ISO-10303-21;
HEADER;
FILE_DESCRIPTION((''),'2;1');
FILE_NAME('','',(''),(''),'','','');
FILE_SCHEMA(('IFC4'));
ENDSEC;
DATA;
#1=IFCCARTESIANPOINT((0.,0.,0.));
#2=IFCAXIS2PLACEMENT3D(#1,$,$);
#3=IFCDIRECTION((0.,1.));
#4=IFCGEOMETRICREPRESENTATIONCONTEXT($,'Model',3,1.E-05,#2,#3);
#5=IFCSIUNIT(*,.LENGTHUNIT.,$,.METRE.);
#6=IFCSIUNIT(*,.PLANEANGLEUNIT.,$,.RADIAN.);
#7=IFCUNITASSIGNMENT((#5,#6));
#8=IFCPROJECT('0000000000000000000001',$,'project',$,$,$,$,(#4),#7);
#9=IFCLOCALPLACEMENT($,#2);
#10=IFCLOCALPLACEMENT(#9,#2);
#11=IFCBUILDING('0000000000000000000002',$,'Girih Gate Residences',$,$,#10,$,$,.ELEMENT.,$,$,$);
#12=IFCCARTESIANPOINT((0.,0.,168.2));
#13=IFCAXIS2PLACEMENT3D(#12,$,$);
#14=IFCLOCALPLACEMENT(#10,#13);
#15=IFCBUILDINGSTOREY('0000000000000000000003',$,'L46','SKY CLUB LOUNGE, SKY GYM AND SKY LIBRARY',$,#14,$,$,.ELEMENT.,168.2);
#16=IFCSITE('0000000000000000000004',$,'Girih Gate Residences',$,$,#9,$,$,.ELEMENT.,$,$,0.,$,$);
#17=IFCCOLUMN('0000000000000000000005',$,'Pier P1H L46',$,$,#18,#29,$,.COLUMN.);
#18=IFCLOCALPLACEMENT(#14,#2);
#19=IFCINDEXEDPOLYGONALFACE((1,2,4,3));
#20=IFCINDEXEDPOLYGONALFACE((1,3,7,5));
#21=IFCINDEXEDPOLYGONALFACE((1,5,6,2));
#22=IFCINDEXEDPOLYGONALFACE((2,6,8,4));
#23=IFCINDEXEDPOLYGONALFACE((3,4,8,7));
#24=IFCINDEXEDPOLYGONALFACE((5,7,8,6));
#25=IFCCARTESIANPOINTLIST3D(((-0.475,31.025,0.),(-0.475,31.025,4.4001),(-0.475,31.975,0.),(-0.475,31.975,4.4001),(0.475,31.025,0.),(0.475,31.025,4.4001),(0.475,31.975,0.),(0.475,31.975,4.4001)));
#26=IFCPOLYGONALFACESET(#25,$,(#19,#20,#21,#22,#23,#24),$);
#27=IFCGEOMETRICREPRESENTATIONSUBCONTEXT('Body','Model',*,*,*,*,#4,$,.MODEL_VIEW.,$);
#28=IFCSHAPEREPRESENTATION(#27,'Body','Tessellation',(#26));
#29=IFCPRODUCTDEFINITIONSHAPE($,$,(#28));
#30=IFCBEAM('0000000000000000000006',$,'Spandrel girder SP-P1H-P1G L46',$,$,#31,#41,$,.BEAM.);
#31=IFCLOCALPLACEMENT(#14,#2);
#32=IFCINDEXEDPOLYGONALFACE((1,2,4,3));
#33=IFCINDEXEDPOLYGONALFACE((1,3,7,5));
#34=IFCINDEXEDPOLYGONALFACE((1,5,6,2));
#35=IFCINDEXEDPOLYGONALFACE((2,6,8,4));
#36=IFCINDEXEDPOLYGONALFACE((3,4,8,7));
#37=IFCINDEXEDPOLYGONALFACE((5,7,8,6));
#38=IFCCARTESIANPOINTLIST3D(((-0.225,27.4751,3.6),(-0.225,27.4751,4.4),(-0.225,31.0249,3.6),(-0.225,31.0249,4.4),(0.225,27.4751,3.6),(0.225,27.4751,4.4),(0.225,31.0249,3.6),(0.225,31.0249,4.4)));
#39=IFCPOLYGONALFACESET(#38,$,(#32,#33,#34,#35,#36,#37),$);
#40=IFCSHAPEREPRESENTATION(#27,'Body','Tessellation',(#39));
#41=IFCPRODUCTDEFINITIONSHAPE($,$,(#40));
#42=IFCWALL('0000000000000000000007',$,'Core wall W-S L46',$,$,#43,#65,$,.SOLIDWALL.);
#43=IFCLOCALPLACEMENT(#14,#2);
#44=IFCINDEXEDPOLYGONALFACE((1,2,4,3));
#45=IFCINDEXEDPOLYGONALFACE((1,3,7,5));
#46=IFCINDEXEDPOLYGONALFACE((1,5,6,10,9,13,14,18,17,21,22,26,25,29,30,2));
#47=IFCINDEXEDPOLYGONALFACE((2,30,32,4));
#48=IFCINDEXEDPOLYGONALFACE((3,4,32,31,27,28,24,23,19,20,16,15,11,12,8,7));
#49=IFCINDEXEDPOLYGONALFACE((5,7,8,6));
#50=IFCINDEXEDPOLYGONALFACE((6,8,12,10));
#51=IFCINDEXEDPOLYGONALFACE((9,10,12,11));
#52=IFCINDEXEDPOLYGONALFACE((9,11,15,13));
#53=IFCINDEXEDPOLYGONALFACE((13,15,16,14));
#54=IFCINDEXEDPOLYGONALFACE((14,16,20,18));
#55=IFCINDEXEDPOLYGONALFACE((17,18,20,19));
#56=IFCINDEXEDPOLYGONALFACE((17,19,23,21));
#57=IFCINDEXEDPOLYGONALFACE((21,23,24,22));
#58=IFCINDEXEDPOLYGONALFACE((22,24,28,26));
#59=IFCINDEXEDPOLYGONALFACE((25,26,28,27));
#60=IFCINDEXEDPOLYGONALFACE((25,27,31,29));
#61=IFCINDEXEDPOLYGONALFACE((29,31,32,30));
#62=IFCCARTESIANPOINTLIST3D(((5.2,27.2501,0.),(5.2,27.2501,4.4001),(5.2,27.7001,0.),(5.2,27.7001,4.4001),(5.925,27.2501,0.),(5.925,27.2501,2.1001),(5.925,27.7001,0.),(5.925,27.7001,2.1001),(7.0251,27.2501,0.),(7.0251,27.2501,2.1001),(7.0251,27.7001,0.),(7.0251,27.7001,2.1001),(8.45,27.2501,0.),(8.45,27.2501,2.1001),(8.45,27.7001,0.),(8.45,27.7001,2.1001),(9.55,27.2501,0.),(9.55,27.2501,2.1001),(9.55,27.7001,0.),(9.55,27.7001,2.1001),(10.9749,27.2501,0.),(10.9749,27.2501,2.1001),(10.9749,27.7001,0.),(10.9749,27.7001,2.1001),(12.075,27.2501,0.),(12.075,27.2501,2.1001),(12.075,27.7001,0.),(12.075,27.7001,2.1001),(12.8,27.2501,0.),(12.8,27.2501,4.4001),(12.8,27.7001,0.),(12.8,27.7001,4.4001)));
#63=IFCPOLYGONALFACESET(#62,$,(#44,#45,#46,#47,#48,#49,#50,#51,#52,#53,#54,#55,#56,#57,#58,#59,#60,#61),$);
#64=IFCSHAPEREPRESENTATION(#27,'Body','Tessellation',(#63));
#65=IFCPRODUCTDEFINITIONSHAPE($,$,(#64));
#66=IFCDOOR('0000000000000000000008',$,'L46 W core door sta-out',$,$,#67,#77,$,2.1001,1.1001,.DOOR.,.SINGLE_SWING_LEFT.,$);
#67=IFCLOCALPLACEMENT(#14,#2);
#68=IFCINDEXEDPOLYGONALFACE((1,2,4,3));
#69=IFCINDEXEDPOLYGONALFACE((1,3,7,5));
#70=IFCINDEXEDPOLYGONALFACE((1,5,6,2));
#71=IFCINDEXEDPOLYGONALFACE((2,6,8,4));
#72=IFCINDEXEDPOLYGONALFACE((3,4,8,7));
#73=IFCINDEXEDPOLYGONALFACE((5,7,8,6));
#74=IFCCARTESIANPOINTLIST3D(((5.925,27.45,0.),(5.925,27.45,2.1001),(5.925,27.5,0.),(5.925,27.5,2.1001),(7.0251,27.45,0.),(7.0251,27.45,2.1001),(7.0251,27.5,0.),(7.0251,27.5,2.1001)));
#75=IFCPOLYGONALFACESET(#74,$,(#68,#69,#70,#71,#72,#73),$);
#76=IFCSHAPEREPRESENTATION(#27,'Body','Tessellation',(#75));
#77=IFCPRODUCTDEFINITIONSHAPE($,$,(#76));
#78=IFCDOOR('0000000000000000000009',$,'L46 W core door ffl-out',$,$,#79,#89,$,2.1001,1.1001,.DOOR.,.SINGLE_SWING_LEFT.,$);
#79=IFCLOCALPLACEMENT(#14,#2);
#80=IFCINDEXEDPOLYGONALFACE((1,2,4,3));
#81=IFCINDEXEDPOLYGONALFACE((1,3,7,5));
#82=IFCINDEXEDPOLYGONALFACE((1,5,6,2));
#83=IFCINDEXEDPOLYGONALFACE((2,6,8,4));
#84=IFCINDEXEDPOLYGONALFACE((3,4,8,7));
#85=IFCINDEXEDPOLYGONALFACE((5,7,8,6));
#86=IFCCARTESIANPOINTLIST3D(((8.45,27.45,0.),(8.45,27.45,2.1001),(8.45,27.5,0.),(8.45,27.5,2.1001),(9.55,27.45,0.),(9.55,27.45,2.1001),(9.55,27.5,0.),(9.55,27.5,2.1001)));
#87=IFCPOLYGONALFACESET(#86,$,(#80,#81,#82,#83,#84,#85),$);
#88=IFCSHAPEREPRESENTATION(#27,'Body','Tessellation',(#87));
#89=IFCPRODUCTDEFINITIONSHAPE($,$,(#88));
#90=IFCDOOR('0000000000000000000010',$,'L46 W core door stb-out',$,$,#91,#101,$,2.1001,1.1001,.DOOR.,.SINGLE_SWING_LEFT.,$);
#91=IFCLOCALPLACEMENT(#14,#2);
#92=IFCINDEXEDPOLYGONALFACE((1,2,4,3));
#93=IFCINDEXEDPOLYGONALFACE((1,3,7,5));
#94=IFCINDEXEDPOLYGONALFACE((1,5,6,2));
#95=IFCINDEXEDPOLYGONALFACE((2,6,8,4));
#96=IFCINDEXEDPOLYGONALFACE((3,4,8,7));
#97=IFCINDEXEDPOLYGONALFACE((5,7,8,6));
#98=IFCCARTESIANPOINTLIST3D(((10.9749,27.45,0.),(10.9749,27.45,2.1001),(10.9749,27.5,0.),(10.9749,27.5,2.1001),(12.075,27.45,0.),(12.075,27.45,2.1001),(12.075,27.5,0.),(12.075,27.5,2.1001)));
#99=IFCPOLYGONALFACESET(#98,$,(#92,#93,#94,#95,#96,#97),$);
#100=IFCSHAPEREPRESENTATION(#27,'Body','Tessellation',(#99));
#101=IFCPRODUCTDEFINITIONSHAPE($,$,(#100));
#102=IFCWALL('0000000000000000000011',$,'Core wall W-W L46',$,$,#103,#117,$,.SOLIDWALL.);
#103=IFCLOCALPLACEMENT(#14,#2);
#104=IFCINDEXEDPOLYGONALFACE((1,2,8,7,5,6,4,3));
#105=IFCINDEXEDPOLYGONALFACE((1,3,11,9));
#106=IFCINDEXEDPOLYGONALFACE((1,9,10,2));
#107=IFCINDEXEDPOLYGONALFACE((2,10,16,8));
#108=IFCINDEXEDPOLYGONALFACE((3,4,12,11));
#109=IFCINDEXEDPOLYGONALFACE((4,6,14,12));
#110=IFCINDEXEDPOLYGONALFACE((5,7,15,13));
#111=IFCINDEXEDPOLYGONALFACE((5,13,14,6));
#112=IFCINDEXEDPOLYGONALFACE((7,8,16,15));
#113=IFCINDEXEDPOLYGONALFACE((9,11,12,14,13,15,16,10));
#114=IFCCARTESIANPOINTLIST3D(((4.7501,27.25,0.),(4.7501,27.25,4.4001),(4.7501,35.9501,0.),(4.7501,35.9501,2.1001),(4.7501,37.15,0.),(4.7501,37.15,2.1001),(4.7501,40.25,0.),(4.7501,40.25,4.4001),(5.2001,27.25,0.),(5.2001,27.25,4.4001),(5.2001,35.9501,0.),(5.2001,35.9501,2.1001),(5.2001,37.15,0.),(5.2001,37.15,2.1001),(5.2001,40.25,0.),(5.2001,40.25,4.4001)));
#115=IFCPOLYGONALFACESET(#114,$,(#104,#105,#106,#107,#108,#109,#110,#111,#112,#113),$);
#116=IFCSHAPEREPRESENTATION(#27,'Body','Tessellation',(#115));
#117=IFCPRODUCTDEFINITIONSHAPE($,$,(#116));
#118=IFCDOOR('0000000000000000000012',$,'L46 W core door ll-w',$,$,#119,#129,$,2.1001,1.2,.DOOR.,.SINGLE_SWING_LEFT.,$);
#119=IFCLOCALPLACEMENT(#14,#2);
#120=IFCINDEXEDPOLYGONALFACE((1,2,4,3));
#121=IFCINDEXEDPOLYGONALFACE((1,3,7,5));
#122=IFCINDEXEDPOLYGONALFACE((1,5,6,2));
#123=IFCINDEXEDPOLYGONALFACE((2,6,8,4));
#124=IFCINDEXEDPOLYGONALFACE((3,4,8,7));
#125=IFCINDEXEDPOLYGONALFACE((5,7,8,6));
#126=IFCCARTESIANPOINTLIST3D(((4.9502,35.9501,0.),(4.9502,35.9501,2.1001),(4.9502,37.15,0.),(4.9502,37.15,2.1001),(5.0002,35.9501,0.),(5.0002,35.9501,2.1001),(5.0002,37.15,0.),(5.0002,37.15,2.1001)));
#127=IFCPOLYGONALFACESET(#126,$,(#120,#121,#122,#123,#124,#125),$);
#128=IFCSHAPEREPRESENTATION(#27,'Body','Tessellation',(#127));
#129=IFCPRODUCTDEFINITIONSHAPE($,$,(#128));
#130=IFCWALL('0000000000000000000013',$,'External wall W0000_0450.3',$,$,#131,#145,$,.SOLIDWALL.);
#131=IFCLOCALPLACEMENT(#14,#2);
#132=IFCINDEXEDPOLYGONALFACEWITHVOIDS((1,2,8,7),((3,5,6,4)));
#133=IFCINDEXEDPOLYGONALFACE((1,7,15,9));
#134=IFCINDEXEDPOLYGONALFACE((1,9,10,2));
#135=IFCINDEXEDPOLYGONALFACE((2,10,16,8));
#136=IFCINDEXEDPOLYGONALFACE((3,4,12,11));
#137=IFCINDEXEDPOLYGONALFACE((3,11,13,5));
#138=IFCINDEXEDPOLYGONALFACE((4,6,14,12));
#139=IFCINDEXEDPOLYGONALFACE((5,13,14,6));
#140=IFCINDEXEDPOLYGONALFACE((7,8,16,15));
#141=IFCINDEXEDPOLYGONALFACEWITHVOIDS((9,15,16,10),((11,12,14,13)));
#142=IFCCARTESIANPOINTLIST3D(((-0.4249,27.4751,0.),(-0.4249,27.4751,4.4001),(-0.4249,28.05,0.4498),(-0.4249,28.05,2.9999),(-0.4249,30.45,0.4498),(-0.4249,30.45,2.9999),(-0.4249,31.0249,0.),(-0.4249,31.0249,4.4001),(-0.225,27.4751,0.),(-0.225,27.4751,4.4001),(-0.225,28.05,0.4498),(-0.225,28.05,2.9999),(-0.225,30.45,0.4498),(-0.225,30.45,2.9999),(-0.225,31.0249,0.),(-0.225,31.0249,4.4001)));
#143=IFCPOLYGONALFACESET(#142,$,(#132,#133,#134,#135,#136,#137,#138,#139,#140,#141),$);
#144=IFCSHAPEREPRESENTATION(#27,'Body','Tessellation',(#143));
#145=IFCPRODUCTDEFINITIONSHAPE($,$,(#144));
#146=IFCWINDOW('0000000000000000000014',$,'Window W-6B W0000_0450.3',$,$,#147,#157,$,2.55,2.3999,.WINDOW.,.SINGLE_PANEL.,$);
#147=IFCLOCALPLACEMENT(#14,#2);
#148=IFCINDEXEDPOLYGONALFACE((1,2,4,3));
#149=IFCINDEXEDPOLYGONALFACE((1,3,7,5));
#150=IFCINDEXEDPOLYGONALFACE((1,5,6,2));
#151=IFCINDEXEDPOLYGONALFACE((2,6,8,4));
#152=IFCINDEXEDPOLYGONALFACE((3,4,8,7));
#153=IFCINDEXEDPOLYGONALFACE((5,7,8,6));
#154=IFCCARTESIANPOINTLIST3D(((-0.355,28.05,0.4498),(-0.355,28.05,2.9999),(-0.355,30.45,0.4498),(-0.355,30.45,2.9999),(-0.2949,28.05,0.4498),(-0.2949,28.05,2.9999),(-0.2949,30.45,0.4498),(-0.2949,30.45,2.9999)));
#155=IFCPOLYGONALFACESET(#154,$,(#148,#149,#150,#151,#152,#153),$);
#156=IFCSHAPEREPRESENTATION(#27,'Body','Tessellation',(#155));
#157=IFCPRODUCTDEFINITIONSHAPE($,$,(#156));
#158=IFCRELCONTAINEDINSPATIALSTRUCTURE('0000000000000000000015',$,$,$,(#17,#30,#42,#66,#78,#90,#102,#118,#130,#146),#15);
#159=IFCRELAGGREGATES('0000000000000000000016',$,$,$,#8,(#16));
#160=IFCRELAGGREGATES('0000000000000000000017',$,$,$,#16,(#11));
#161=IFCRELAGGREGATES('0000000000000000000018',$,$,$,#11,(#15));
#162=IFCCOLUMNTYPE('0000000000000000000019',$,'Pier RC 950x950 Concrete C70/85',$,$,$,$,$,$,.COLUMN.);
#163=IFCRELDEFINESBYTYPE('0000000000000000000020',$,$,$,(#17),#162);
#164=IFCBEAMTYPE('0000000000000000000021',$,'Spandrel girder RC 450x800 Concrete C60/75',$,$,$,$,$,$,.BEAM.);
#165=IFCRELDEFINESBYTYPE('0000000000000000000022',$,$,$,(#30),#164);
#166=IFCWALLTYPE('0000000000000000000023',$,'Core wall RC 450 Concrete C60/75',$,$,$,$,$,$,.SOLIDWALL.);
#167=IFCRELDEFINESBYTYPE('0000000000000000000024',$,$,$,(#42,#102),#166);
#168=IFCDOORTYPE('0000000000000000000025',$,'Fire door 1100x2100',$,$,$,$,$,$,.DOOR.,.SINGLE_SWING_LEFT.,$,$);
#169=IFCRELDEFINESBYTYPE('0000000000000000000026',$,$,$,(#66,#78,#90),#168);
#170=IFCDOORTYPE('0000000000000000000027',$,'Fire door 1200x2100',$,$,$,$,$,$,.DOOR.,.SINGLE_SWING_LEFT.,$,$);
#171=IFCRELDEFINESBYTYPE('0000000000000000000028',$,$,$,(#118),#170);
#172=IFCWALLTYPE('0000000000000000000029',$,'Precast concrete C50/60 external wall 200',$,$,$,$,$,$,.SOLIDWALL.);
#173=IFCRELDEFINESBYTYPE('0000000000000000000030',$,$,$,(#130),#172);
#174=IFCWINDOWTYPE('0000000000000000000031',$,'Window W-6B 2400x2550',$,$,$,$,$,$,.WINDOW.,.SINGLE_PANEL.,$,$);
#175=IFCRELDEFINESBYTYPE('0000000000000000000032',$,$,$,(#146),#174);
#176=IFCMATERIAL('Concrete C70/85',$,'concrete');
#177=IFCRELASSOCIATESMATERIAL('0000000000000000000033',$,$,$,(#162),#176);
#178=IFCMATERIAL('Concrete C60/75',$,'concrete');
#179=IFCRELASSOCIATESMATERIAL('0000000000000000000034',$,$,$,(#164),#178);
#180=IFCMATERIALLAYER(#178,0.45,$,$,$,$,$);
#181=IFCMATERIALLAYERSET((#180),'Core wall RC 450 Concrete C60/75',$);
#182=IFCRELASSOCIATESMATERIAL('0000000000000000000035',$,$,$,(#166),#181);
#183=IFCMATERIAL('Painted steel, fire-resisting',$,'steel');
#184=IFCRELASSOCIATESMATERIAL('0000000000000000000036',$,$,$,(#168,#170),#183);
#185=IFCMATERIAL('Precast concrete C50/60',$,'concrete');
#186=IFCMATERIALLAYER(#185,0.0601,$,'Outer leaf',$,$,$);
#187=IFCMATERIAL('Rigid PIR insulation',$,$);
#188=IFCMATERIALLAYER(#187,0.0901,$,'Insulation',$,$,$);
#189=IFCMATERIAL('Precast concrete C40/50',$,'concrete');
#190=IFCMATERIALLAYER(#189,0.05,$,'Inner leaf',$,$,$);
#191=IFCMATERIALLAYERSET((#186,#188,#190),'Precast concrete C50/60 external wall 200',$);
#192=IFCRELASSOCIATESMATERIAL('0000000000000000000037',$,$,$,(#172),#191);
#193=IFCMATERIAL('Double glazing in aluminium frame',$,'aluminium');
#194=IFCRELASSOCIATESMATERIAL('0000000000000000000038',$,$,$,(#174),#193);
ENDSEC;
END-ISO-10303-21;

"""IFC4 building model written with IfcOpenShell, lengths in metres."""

from ifc_helpers import new_model, si_unit, direction, frame, frame_2d, origin, origin_2d, place, context, subcontext, project, spatial, rectangle, extrude, material, layer, layer_set, material_profile, profile_set, type_object, element, fill, save


model = new_model("IFC4")

# Units and contexts
model_context = context("Model", 3, precision=1e-05, world=origin(), true_north=direction((0.0, 1.0)))
body_context = subcontext(model_context, "Body", "Model", "MODEL_VIEW")
ifc_project = project(units=[si_unit("LENGTHUNIT", "METRE"), si_unit("PLANEANGLEUNIT", "RADIAN")], contexts=[model_context])

# Site, building, storey
site_placement = place(None, origin())
site = spatial("IfcSite", under=ifc_project, at=site_placement, Name="Girih Gate Residences", CompositionType="ELEMENT", RefElevation=0.0)
building_placement = place(site_placement, origin())
building = spatial("IfcBuilding", under=site, at=building_placement, Name="Girih Gate Residences", CompositionType="ELEMENT")
storey_placement = place(building_placement, frame((0.0, 0.0, 168.2)))
storey = spatial("IfcBuildingStorey", under=building, at=storey_placement, Name="L46", Description="SKY CLUB LOUNGE, SKY GYM AND SKY LIBRARY", CompositionType="ELEMENT", Elevation=168.2)

# Column
ifc_material_1 = material(Name="Concrete C70/85", Category="concrete")
ifc_material_profile_1 = material_profile(ifc_material_1, rectangle(XDim=0.95, YDim=0.95, at=origin_2d()))
ifc_profile_set_1 = profile_set([ifc_material_profile_1], Name="Concrete C70/85")
column_type = type_object("IfcColumnType", Name="Pier RC 950x950 Concrete C70/85", PredefinedType="COLUMN", material=ifc_profile_set_1)
column_placement = place(storey_placement, frame((0.0, 31.5, 0.0), z_axis=(0.0, 0.0, 1.0), x_axis=(1.0, 0.0, 0.0)))
element("IfcColumn", 1, at=column_placement, inside=storey, type_object=column_type, Name="Pier P1H L46", PredefinedType="COLUMN", context=body_context, shape_type="SweptSolid", body=[
    extrude(rectangle(XDim=0.95, YDim=0.95, at=origin_2d()), origin(), (0.0, 0.0, 1.0), 4.4001),
])

# Beam
ifc_material_2 = material(Name="Concrete C60/75", Category="concrete")
ifc_material_profile_2 = material_profile(ifc_material_2, rectangle(XDim=0.45, YDim=0.8, at=origin_2d()))
ifc_profile_set_2 = profile_set([ifc_material_profile_2], Name="Concrete C60/75")
beam_type = type_object("IfcBeamType", Name="Spandrel girder RC 450x800 Concrete C60/75", PredefinedType="BEAM", material=ifc_profile_set_2)
beam_placement = place(storey_placement, frame((0.0, 31.0249, 4.0), z_axis=(0.0, -1.0, 0.0), x_axis=(1.0, 0.0, 0.0)))
element("IfcBeam", 2, at=beam_placement, inside=storey, type_object=beam_type, Name="Spandrel girder SP-P1H-P1G L46", PredefinedType="BEAM", context=body_context, shape_type="SweptSolid", body=[
    extrude(rectangle(XDim=0.45, YDim=0.8, at=origin_2d()), origin(), (0.0, 0.0, 1.0), 3.5498),
])

# Wall, openings, doors
ifc_layer_1 = layer(ifc_material_2, 0.45)
ifc_layer_set_1 = layer_set([ifc_layer_1], Name="Core wall RC 450 Concrete C60/75")
wall_type_1 = type_object("IfcWallType", Name="Core wall RC 450 Concrete C60/75", PredefinedType="SOLIDWALL", material=ifc_layer_set_1)
wall_1_placement = place(storey_placement, frame((5.2, 27.4751, 0.0), z_axis=(0.0, 0.0, 1.0), x_axis=(1.0, 0.0, 0.0)))
wall_1 = element("IfcWall", 3, at=wall_1_placement, inside=storey, type_object=wall_type_1, Name="Core wall W-S L46", PredefinedType="SOLIDWALL", context=body_context, shape_type="SweptSolid", body=[
    extrude(rectangle(XDim=7.6001, YDim=0.45, at=frame_2d((3.8, 0.0))), origin(), (0.0, 0.0, 1.0), 4.4001),
])
opening_1_placement = place(wall_1_placement, frame((0.7251, 0.0, 0.0)))
opening_1 = element("IfcOpeningElement", 4, at=opening_1_placement, cuts=wall_1, PredefinedType="OPENING", context=body_context, shape_type="SweptSolid", body=[
    extrude(rectangle(XDim=1.1001, YDim=2.1001, at=frame_2d((0.55, 1.05))), frame((0.0, 0.2349, 0.0), z_axis=(0.0, -1.0, 0.0), x_axis=(1.0, 0.0, 0.0)), (0.0, 0.0, 1.0), 0.47),
])
opening_2_placement = place(wall_1_placement, frame((3.25, 0.0, 0.0)))
opening_2 = element("IfcOpeningElement", 5, at=opening_2_placement, cuts=wall_1, PredefinedType="OPENING", context=body_context, shape_type="SweptSolid", body=[
    extrude(rectangle(XDim=1.1001, YDim=2.1001, at=frame_2d((0.55, 1.05))), frame((0.0, 0.2349, 0.0), z_axis=(0.0, -1.0, 0.0), x_axis=(1.0, 0.0, 0.0)), (0.0, 0.0, 1.0), 0.47),
])
opening_3_placement = place(wall_1_placement, frame((5.7749, 0.0, 0.0)))
opening_3 = element("IfcOpeningElement", 6, at=opening_3_placement, cuts=wall_1, PredefinedType="OPENING", context=body_context, shape_type="SweptSolid", body=[
    extrude(rectangle(XDim=1.1001, YDim=2.1001, at=frame_2d((0.55, 1.05))), frame((0.0, 0.2349, 0.0), z_axis=(0.0, -1.0, 0.0), x_axis=(1.0, 0.0, 0.0)), (0.0, 0.0, 1.0), 0.47),
])
ifc_material_3 = material(Name="Painted steel, fire-resisting", Category="steel")
door_type_1 = type_object("IfcDoorType", Name="Fire door 1100x2100", OperationType="SINGLE_SWING_LEFT", PredefinedType="DOOR", material=ifc_material_3)
door_1_placement = place(opening_1_placement, origin())
door_1 = element("IfcDoor", 7, at=door_1_placement, inside=storey, type_object=door_type_1, Name="L46 W core door sta-out", OperationType="SINGLE_SWING_LEFT", OverallHeight=2.1001, OverallWidth=1.1001, PredefinedType="DOOR", context=body_context, shape_type="SweptSolid", body=[
    extrude(rectangle(XDim=1.1001, YDim=2.1001, at=frame_2d((0.55, 1.05))), frame((0.0, 0.0249, 0.0), z_axis=(0.0, -1.0, 0.0), x_axis=(1.0, 0.0, 0.0)), (0.0, 0.0, 1.0), 0.05),
])
fill(opening_1, door_1)
door_2_placement = place(opening_2_placement, origin())
door_2 = element("IfcDoor", 8, at=door_2_placement, inside=storey, type_object=door_type_1, Name="L46 W core door ffl-out", OperationType="SINGLE_SWING_LEFT", OverallHeight=2.1001, OverallWidth=1.1001, PredefinedType="DOOR", context=body_context, shape_type="SweptSolid", body=[
    extrude(rectangle(XDim=1.1001, YDim=2.1001, at=frame_2d((0.55, 1.05))), frame((0.0, 0.0249, 0.0), z_axis=(0.0, -1.0, 0.0), x_axis=(1.0, 0.0, 0.0)), (0.0, 0.0, 1.0), 0.05),
])
fill(opening_2, door_2)
door_3_placement = place(opening_3_placement, origin())
door_3 = element("IfcDoor", 9, at=door_3_placement, inside=storey, type_object=door_type_1, Name="L46 W core door stb-out", OperationType="SINGLE_SWING_LEFT", OverallHeight=2.1001, OverallWidth=1.1001, PredefinedType="DOOR", context=body_context, shape_type="SweptSolid", body=[
    extrude(rectangle(XDim=1.1001, YDim=2.1001, at=frame_2d((0.55, 1.05))), frame((0.0, 0.0249, 0.0), z_axis=(0.0, -1.0, 0.0), x_axis=(1.0, 0.0, 0.0)), (0.0, 0.0, 1.0), 0.05),
])
fill(opening_3, door_3)

# Wall, opening, door
wall_2_placement = place(storey_placement, frame((4.9751, 27.25, 0.0), z_axis=(0.0, 0.0, 1.0), x_axis=(0.0, 1.0, 0.0)))
wall_2 = element("IfcWall", 10, at=wall_2_placement, inside=storey, type_object=wall_type_1, Name="Core wall W-W L46", PredefinedType="SOLIDWALL", context=body_context, shape_type="SweptSolid", body=[
    extrude(rectangle(XDim=13.0, YDim=0.45, at=frame_2d((6.5, 0.0))), origin(), (0.0, 0.0, 1.0), 4.4001),
])
opening_4_placement = place(wall_2_placement, frame((8.7, 0.0, 0.0)))
opening_4 = element("IfcOpeningElement", 11, at=opening_4_placement, cuts=wall_2, PredefinedType="OPENING", context=body_context, shape_type="SweptSolid", body=[
    extrude(rectangle(XDim=1.2, YDim=2.1001, at=frame_2d((0.6001, 1.05))), frame((0.0, 0.2349, 0.0), z_axis=(0.0, -1.0, 0.0), x_axis=(1.0, 0.0, 0.0)), (0.0, 0.0, 1.0), 0.47),
])
door_type_2 = type_object("IfcDoorType", Name="Fire door 1200x2100", OperationType="SINGLE_SWING_LEFT", PredefinedType="DOOR", material=ifc_material_3)
door_4_placement = place(opening_4_placement, origin())
door_4 = element("IfcDoor", 12, at=door_4_placement, inside=storey, type_object=door_type_2, Name="L46 W core door ll-w", OperationType="SINGLE_SWING_LEFT", OverallHeight=2.1001, OverallWidth=1.2, PredefinedType="DOOR", context=body_context, shape_type="SweptSolid", body=[
    extrude(rectangle(XDim=1.2, YDim=2.1001, at=frame_2d((0.6001, 1.05))), frame((0.0, 0.0249, 0.0), z_axis=(0.0, -1.0, 0.0), x_axis=(1.0, 0.0, 0.0)), (0.0, 0.0, 1.0), 0.05),
])
fill(opening_4, door_4)

# Wall, opening, window
ifc_material_4 = material(Name="Precast concrete C50/60", Category="concrete")
ifc_layer_2 = layer(ifc_material_4, 0.0601, Name="Outer leaf")
ifc_material_5 = material(Name="Rigid PIR insulation")
ifc_layer_3 = layer(ifc_material_5, 0.0901, Name="Insulation")
ifc_material_6 = material(Name="Precast concrete C40/50", Category="concrete")
ifc_layer_4 = layer(ifc_material_6, 0.05, Name="Inner leaf")
ifc_layer_set_2 = layer_set([ifc_layer_2, ifc_layer_3, ifc_layer_4], Name="Precast concrete C50/60 external wall 200")
wall_type_2 = type_object("IfcWallType", Name="Precast concrete C50/60 external wall 200", PredefinedType="SOLIDWALL", material=ifc_layer_set_2)
wall_3_placement = place(storey_placement, frame((-0.325, 27.4751, 0.0), z_axis=(0.0, 0.0, 1.0), x_axis=(0.0, 1.0, 0.0)))
wall_3 = element("IfcWall", 13, at=wall_3_placement, inside=storey, type_object=wall_type_2, Name="External wall W0000_0450.3", PredefinedType="SOLIDWALL", context=body_context, shape_type="SweptSolid", body=[
    extrude(rectangle(XDim=3.5498, YDim=0.2, at=frame_2d((1.7749, 0.0))), origin(), (0.0, 0.0, 1.0), 4.4001),
])
opening_5_placement = place(wall_3_placement, frame((0.575, 0.0, 0.45)))
opening_5 = element("IfcOpeningElement", 14, at=opening_5_placement, cuts=wall_3, PredefinedType="OPENING", context=body_context, shape_type="SweptSolid", body=[
    extrude(rectangle(XDim=2.3999, YDim=2.55, at=frame_2d((1.2, 1.2749))), frame((0.0, 0.1099, 0.0), z_axis=(0.0, -1.0, 0.0), x_axis=(1.0, 0.0, 0.0)), (0.0, 0.0, 1.0), 0.22),
])
ifc_material_7 = material(Name="Double glazing in aluminium frame", Category="aluminium")
window_type = type_object("IfcWindowType", Name="Window W-6B 2400x2550", PartitioningType="SINGLE_PANEL", PredefinedType="WINDOW", material=ifc_material_7)
window_placement = place(opening_5_placement, origin())
window = element("IfcWindow", 15, at=window_placement, inside=storey, type_object=window_type, Name="Window W-6B W0000_0450.3", OverallHeight=2.55, OverallWidth=2.3999, PartitioningType="SINGLE_PANEL", PredefinedType="WINDOW", context=body_context, shape_type="SweptSolid", body=[
    extrude(rectangle(XDim=2.3999, YDim=2.55, at=frame_2d((1.2, 1.2749))), frame((0.0, 0.03, 0.0), z_axis=(0.0, -1.0, 0.0), x_axis=(1.0, 0.0, 0.0)), (0.0, 0.0, 1.0), 0.0601),
])
fill(opening_5, window)

save(model, "model.ifc")
